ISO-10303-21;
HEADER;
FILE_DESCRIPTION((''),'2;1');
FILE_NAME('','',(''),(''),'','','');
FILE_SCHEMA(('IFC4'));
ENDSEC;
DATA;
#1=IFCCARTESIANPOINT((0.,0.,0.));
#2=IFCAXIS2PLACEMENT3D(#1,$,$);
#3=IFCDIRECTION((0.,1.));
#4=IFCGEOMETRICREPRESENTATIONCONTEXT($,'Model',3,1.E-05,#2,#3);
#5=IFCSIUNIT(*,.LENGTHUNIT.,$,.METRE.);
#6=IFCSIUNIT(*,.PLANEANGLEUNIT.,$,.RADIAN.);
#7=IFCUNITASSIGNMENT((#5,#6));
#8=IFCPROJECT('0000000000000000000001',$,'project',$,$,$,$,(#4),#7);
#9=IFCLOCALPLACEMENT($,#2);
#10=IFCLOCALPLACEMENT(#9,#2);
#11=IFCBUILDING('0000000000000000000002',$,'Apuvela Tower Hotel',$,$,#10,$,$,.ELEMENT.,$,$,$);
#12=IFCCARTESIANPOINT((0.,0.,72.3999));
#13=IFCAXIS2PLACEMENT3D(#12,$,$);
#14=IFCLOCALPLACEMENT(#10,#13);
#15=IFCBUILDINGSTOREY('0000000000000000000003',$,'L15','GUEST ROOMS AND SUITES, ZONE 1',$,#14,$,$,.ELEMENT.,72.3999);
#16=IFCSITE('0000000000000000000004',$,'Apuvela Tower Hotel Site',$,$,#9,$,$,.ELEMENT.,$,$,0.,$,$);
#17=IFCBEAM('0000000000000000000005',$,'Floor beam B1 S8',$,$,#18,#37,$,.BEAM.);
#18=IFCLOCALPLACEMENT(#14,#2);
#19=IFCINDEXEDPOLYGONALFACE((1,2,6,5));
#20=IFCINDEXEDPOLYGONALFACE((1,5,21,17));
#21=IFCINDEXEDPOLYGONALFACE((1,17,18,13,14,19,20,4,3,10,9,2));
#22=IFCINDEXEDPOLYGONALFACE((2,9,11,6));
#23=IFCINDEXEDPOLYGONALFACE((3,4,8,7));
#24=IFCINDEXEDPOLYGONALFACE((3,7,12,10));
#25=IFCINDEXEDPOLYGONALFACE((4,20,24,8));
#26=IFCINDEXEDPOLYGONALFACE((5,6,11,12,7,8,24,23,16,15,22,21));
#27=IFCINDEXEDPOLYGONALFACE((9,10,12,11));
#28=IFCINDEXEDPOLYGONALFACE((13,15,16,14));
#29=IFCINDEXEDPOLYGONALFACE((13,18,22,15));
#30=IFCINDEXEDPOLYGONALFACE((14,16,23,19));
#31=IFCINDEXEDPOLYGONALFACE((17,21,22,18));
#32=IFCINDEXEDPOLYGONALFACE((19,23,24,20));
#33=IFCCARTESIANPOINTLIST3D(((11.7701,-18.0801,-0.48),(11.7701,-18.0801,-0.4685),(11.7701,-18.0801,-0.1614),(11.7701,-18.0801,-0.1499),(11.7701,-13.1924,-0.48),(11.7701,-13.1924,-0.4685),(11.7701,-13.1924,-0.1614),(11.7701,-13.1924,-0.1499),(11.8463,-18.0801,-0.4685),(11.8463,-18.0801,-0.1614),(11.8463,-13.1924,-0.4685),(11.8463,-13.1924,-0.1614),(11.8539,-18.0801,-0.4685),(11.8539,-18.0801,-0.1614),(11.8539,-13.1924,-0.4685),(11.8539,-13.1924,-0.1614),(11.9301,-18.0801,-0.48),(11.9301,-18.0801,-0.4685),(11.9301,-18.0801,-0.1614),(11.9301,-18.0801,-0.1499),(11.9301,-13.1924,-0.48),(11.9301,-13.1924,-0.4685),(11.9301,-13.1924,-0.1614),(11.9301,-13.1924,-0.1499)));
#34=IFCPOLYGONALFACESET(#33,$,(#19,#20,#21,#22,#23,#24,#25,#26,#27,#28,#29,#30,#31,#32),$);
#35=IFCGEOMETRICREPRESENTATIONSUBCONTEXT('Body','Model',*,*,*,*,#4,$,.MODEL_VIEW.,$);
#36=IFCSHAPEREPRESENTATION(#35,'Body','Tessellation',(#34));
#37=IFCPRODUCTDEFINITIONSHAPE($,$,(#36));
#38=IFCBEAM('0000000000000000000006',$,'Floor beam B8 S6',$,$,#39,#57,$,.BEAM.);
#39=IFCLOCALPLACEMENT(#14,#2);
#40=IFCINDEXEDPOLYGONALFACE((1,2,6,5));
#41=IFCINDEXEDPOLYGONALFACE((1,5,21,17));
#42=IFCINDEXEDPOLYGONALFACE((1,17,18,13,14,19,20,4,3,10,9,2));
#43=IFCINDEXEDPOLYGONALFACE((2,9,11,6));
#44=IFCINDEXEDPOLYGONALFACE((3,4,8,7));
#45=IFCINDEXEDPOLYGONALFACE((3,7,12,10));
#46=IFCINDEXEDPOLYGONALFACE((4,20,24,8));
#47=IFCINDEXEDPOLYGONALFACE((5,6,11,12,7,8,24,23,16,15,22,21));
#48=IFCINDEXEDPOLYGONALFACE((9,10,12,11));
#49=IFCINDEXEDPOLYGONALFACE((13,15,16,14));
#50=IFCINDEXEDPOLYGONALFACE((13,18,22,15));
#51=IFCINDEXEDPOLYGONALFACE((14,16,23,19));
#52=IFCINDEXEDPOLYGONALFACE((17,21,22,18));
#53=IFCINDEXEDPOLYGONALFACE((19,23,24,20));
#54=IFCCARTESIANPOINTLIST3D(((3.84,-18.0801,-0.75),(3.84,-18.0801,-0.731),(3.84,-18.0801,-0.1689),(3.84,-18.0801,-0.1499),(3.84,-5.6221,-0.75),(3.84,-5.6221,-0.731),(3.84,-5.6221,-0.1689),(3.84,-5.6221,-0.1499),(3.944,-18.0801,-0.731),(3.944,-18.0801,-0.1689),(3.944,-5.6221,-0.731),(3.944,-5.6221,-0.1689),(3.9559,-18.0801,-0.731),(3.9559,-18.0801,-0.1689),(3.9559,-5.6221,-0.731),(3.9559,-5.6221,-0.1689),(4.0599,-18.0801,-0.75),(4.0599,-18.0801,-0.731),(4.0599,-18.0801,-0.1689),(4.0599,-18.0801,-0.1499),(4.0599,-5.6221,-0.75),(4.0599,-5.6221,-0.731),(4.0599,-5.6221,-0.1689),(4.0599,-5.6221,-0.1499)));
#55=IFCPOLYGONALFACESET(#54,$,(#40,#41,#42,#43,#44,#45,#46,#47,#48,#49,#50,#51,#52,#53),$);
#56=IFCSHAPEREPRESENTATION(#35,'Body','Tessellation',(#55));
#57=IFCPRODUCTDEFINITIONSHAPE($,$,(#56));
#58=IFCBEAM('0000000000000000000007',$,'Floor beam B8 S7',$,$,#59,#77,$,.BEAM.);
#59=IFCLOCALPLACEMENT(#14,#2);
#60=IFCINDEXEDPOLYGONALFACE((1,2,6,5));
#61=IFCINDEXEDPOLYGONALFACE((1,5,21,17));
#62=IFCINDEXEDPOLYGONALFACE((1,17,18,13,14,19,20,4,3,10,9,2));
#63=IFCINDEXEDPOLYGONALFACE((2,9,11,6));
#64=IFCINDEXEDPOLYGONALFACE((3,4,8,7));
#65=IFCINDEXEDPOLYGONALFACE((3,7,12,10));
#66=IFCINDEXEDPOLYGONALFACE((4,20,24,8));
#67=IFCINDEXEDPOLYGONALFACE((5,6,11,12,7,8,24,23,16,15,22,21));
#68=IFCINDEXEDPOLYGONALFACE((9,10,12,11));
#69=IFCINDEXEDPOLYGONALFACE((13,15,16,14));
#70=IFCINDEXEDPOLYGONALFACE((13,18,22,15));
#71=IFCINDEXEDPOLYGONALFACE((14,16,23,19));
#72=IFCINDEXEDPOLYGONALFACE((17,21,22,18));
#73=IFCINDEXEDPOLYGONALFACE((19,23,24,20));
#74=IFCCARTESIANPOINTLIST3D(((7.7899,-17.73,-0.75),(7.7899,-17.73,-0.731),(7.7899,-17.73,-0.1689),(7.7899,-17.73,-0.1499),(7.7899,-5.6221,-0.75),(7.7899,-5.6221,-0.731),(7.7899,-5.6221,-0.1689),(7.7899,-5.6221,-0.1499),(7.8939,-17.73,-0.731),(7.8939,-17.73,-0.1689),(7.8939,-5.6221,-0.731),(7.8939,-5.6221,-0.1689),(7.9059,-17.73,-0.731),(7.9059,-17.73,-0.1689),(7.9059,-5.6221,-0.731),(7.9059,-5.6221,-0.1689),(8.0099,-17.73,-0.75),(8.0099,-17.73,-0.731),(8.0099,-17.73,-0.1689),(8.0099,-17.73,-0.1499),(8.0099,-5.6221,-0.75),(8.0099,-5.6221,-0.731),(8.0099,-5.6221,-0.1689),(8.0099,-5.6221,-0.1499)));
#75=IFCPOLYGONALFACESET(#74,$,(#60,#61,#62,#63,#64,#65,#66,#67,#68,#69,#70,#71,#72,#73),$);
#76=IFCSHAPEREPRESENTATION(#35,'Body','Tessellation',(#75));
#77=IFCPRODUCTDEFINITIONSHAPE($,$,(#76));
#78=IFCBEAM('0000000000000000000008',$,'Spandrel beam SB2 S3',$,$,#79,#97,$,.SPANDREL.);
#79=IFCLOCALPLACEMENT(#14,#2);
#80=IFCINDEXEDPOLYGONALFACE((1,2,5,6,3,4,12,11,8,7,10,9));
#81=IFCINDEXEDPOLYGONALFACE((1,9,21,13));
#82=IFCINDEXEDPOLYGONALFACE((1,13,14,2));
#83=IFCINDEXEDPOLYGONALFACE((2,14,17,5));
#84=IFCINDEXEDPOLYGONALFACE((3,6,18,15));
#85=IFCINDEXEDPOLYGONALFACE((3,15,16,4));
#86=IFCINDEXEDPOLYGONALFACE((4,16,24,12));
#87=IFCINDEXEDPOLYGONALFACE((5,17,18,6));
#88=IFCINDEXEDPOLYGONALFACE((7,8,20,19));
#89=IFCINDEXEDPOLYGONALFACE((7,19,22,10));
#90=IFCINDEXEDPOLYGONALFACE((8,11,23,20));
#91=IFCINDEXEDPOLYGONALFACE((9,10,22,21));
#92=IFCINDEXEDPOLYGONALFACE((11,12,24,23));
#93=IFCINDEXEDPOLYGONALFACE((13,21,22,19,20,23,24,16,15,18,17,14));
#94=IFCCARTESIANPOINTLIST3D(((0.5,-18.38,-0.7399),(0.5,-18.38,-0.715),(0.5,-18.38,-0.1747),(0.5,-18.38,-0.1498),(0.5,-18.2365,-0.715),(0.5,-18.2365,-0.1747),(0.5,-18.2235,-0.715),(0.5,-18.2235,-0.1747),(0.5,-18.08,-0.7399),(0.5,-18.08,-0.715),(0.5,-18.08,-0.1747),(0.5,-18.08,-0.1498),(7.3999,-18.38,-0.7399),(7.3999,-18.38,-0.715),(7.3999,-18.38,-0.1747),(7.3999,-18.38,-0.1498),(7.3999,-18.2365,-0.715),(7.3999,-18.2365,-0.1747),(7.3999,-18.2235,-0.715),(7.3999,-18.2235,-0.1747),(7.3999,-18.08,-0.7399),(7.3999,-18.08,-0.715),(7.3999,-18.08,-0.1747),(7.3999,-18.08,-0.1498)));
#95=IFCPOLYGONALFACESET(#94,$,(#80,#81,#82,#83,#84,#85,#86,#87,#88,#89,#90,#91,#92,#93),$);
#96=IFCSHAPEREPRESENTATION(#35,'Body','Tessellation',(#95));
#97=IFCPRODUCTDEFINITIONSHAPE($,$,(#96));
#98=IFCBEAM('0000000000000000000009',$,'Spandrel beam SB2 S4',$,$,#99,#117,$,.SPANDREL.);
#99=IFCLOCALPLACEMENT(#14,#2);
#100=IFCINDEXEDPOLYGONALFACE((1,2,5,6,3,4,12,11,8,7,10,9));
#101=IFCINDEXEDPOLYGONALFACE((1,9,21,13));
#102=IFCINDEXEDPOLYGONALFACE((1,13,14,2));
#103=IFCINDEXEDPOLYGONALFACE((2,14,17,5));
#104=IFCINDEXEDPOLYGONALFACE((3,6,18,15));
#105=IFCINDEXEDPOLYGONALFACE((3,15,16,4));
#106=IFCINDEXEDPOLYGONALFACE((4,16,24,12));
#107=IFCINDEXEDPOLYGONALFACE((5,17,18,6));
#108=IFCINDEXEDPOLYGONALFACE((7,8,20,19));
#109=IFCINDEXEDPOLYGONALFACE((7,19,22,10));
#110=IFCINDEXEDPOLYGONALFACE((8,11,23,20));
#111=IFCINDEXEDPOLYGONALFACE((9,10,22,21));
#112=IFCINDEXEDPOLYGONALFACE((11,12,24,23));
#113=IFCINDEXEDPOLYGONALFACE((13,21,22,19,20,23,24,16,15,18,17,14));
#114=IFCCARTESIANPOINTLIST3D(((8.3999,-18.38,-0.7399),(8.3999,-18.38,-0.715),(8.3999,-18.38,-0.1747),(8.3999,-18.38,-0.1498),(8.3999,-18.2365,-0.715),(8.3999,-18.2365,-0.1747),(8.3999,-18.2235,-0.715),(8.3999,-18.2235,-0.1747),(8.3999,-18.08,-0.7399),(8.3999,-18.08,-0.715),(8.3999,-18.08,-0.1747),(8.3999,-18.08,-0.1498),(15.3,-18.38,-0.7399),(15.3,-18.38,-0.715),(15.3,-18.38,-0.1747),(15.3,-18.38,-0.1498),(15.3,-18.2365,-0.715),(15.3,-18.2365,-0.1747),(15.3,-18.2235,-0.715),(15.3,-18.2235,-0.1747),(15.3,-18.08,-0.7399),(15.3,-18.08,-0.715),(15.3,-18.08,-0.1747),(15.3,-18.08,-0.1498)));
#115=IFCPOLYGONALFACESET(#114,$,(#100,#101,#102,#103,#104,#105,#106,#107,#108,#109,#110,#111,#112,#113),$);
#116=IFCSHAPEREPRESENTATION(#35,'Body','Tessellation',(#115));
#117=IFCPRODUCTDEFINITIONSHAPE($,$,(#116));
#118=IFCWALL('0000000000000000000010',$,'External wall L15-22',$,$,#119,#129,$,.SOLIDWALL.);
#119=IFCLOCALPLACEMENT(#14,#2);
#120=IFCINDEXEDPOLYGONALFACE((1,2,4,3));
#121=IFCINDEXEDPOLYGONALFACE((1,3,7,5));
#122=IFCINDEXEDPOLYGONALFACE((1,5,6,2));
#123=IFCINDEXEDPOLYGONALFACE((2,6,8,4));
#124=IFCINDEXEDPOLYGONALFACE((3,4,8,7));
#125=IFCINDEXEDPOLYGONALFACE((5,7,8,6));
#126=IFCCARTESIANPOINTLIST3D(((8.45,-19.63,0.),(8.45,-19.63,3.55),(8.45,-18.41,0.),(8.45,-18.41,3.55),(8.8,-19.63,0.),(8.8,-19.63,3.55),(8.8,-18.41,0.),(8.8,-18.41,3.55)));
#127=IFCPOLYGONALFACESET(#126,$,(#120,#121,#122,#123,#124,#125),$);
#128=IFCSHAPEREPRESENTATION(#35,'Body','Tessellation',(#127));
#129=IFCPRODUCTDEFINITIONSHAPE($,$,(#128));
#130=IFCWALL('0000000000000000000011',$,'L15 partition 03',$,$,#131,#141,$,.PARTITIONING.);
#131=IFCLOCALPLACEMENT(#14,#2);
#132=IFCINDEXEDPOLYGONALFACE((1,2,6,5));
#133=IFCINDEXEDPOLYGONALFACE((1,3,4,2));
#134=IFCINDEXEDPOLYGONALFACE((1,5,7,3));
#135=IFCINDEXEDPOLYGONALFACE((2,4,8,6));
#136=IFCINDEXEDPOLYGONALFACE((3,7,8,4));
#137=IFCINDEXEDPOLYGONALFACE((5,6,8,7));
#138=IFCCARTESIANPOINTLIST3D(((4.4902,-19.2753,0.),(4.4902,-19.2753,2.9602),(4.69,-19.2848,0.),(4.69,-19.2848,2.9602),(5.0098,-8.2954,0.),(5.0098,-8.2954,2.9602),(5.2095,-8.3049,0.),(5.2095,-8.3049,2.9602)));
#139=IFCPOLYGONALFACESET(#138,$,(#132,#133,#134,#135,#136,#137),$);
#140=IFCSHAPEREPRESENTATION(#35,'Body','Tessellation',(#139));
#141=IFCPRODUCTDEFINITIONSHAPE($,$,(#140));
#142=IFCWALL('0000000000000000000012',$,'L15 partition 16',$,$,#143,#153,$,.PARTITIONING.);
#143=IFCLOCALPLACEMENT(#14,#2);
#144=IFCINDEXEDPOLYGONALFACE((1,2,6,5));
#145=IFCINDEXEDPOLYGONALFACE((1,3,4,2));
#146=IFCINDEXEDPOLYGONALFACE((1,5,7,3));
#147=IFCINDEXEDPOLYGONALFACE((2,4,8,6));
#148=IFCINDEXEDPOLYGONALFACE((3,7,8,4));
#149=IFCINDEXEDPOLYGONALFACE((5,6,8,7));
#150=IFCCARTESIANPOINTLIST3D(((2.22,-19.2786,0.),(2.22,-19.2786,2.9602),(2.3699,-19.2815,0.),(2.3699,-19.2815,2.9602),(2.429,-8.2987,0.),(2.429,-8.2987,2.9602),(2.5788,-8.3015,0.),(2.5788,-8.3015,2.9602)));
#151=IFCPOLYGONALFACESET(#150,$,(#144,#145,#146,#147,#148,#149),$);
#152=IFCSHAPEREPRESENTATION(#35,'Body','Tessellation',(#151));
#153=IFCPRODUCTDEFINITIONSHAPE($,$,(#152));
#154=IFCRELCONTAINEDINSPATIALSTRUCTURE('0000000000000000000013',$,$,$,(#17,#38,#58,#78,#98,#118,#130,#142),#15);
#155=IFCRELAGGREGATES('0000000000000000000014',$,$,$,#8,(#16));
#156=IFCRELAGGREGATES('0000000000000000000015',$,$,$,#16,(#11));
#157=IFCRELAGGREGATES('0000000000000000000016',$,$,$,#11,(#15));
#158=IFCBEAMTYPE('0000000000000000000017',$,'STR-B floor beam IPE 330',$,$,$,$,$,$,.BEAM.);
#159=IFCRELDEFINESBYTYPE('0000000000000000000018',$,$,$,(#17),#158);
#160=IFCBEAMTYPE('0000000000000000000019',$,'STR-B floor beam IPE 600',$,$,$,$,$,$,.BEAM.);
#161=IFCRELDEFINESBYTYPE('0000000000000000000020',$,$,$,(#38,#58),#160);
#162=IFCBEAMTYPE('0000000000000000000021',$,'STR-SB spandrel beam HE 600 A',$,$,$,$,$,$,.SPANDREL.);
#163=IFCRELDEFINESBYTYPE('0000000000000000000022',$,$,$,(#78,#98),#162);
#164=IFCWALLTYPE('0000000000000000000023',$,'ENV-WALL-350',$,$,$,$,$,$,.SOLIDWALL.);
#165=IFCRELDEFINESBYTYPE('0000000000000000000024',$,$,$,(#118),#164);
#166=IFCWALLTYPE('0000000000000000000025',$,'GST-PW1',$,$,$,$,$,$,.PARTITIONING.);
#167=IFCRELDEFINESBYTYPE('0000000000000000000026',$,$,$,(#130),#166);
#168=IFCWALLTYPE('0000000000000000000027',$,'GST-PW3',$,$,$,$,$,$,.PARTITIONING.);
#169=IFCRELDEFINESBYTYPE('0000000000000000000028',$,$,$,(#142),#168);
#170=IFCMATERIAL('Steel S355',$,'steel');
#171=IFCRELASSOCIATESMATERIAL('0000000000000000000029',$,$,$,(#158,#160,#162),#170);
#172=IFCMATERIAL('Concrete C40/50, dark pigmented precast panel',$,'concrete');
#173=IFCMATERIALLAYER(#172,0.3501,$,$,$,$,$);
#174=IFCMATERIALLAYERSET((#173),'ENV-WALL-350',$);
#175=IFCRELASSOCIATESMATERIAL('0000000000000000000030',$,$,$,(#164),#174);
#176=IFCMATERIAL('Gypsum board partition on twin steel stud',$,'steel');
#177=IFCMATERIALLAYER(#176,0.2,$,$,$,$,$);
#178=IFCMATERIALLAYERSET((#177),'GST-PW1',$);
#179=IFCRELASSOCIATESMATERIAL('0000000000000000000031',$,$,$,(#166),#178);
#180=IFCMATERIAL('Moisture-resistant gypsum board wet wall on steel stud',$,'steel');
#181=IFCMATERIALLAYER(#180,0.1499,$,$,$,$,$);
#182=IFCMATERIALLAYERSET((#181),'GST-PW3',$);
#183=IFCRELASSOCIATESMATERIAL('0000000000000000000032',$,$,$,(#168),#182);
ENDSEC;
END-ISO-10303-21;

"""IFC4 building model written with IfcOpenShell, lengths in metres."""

from ifc_helpers import new_model, si_unit, direction, frame, frame_2d, origin, origin_2d, place, context, subcontext, project, spatial, rectangle, i_section, extrude, material, layer, layer_set, material_profile, profile_set, type_object, element, save


model = new_model("IFC4")

# Units and contexts
model_context = context("Model", 3, precision=1e-05, world=origin(), true_north=direction((0.0, 1.0)))
body_context = subcontext(model_context, "Body", "Model", "MODEL_VIEW")
ifc_project = project(units=[si_unit("LENGTHUNIT", "METRE"), si_unit("PLANEANGLEUNIT", "RADIAN")], contexts=[model_context])

# Site, building, storey
site_placement = place(None, origin())
site = spatial("IfcSite", under=ifc_project, at=site_placement, Name="Apuvela Tower Hotel Site", CompositionType="ELEMENT", RefElevation=0.0)
building_placement = place(site_placement, origin())
building = spatial("IfcBuilding", under=site, at=building_placement, Name="Apuvela Tower Hotel", CompositionType="ELEMENT")
storey_placement = place(building_placement, frame((0.0, 0.0, 72.3999)))
storey = spatial("IfcBuildingStorey", under=building, at=storey_placement, Name="L15", Description="GUEST ROOMS AND SUITES, ZONE 1", CompositionType="ELEMENT", Elevation=72.3999)

# Beams
ifc_material_1 = material(Name="Steel S355", Category="steel")
ifc_material_profile_1 = material_profile(ifc_material_1, i_section(OverallWidth=0.1599, OverallDepth=0.3301, WebThickness=0.0076, FlangeThickness=0.0115, at=origin_2d()), Name="IPE 330")
ifc_profile_set_1 = profile_set([ifc_material_profile_1], Name="Steel S355")
beam_type_1 = type_object("IfcBeamType", Name="STR-B floor beam IPE 330", PredefinedType="BEAM", material=ifc_profile_set_1)
beam_1_placement = place(storey_placement, frame((11.8501, -18.0801, -0.3149), z_axis=(0.0, 1.0, 0.0), x_axis=(-1.0, 0.0, 0.0)))
element("IfcBeam", 1, at=beam_1_placement, inside=storey, type_object=beam_type_1, Name="Floor beam B1 S8", PredefinedType="BEAM", context=body_context, shape_type="SweptSolid", body=[
    extrude(i_section(OverallWidth=0.1599, OverallDepth=0.3301, WebThickness=0.0076, FlangeThickness=0.0115, at=origin_2d()), origin(), (0.0, 0.0, 1.0), 4.8877),
])
ifc_material_profile_2 = material_profile(ifc_material_1, i_section(OverallWidth=0.22, OverallDepth=0.6001, WebThickness=0.012, FlangeThickness=0.019, at=origin_2d()), Name="IPE 600")
ifc_profile_set_2 = profile_set([ifc_material_profile_2], Name="Steel S355")
beam_type_2 = type_object("IfcBeamType", Name="STR-B floor beam IPE 600", PredefinedType="BEAM", material=ifc_profile_set_2)
beam_2_placement = place(storey_placement, frame((3.95, -18.0801, -0.45), z_axis=(0.0, 1.0, 0.0), x_axis=(-1.0, 0.0, 0.0)))
element("IfcBeam", 2, at=beam_2_placement, inside=storey, type_object=beam_type_2, Name="Floor beam B8 S6", PredefinedType="BEAM", context=body_context, shape_type="SweptSolid", body=[
    extrude(i_section(OverallWidth=0.22, OverallDepth=0.6001, WebThickness=0.012, FlangeThickness=0.019, at=origin_2d()), origin(), (0.0, 0.0, 1.0), 12.458),
])
beam_3_placement = place(storey_placement, frame((7.8999, -17.73, -0.45), z_axis=(0.0, 1.0, 0.0), x_axis=(-1.0, 0.0, 0.0)))
element("IfcBeam", 3, at=beam_3_placement, inside=storey, type_object=beam_type_2, Name="Floor beam B8 S7", PredefinedType="BEAM", context=body_context, shape_type="SweptSolid", body=[
    extrude(i_section(OverallWidth=0.22, OverallDepth=0.6001, WebThickness=0.012, FlangeThickness=0.019, at=origin_2d()), origin(), (0.0, 0.0, 1.0), 12.1079),
])
ifc_material_profile_3 = material_profile(ifc_material_1, i_section(OverallWidth=0.3, OverallDepth=0.5901, WebThickness=0.0129, FlangeThickness=0.0249, at=origin_2d()), Name="HE 600 A")
ifc_profile_set_3 = profile_set([ifc_material_profile_3], Name="Steel S355")
beam_type_3 = type_object("IfcBeamType", Name="STR-SB spandrel beam HE 600 A", PredefinedType="SPANDREL", material=ifc_profile_set_3)
beam_4_placement = place(storey_placement, frame((0.5, -18.23, -0.4448), z_axis=(1.0, 0.0, 0.0), x_axis=(0.0, 1.0, 0.0)))
element("IfcBeam", 4, at=beam_4_placement, inside=storey, type_object=beam_type_3, Name="Spandrel beam SB2 S3", PredefinedType="SPANDREL", context=body_context, shape_type="SweptSolid", body=[
    extrude(i_section(OverallWidth=0.3, OverallDepth=0.5901, WebThickness=0.0129, FlangeThickness=0.0249, at=origin_2d()), origin(), (0.0, 0.0, 1.0), 6.8999),
])
beam_5_placement = place(storey_placement, frame((8.3999, -18.23, -0.4448), z_axis=(1.0, 0.0, 0.0), x_axis=(0.0, 1.0, 0.0)))
element("IfcBeam", 5, at=beam_5_placement, inside=storey, type_object=beam_type_3, Name="Spandrel beam SB2 S4", PredefinedType="SPANDREL", context=body_context, shape_type="SweptSolid", body=[
    extrude(i_section(OverallWidth=0.3, OverallDepth=0.5901, WebThickness=0.0129, FlangeThickness=0.0249, at=origin_2d()), origin(), (0.0, 0.0, 1.0), 6.9001),
])

# Wall
ifc_material_2 = material(Name="Concrete C40/50, dark pigmented precast panel", Category="concrete")
ifc_layer_1 = layer(ifc_material_2, 0.3501)
ifc_layer_set_1 = layer_set([ifc_layer_1], Name="ENV-WALL-350")
wall_type_1 = type_object("IfcWallType", Name="ENV-WALL-350", PredefinedType="SOLIDWALL", material=ifc_layer_set_1)
wall_1_placement = place(storey_placement, frame((8.625, -19.6299, 0.0), z_axis=(0.0, 0.0, 1.0), x_axis=(0.0, 1.0, 0.0)))
element("IfcWall", 6, at=wall_1_placement, inside=storey, type_object=wall_type_1, Name="External wall L15-22", PredefinedType="SOLIDWALL", context=body_context, shape_type="SweptSolid", body=[
    extrude(rectangle(XDim=1.22, YDim=0.3501, at=frame_2d((0.6099, 0.0))), origin(), (0.0, 0.0, 1.0), 3.55),
])

# Walls
ifc_material_3 = material(Name="Gypsum board partition on twin steel stud", Category="steel")
ifc_layer_2 = layer(ifc_material_3, 0.2)
ifc_layer_set_2 = layer_set([ifc_layer_2], Name="GST-PW1")
wall_type_2 = type_object("IfcWallType", Name="GST-PW1", PredefinedType="PARTITIONING", material=ifc_layer_set_2)
wall_2_placement = place(storey_placement, frame((4.5901, -19.28, 0.0), z_axis=(0.0, 0.0, 1.0), x_axis=(0.047263, 0.998882, 0.0)))
element("IfcWall", 7, at=wall_2_placement, inside=storey, type_object=wall_type_2, Name="L15 partition 03", PredefinedType="PARTITIONING", context=body_context, shape_type="SweptSolid", body=[
    extrude(rectangle(XDim=10.9922, YDim=0.2, at=frame_2d((5.4961, 0.0))), origin(), (0.0, 0.0, 1.0), 2.9602),
])
ifc_material_4 = material(Name="Moisture-resistant gypsum board wet wall on steel stud", Category="steel")
ifc_layer_3 = layer(ifc_material_4, 0.1499)
ifc_layer_set_3 = layer_set([ifc_layer_3], Name="GST-PW3")
wall_type_3 = type_object("IfcWallType", Name="GST-PW3", PredefinedType="PARTITIONING", material=ifc_layer_set_3)
wall_3_placement = place(storey_placement, frame((2.2949, -19.28, 0.0), z_axis=(0.0, 0.0, 1.0), x_axis=(0.01903, 0.999819, 0.0)))
element("IfcWall", 8, at=wall_3_placement, inside=storey, type_object=wall_type_3, Name="L15 partition 16", PredefinedType="PARTITIONING", context=body_context, shape_type="SweptSolid", body=[
    extrude(rectangle(XDim=10.9819, YDim=0.1499, at=frame_2d((5.491, 0.0))), origin(), (0.0, 0.0, 1.0), 2.9602),
])

save(model, "model.ifc")
